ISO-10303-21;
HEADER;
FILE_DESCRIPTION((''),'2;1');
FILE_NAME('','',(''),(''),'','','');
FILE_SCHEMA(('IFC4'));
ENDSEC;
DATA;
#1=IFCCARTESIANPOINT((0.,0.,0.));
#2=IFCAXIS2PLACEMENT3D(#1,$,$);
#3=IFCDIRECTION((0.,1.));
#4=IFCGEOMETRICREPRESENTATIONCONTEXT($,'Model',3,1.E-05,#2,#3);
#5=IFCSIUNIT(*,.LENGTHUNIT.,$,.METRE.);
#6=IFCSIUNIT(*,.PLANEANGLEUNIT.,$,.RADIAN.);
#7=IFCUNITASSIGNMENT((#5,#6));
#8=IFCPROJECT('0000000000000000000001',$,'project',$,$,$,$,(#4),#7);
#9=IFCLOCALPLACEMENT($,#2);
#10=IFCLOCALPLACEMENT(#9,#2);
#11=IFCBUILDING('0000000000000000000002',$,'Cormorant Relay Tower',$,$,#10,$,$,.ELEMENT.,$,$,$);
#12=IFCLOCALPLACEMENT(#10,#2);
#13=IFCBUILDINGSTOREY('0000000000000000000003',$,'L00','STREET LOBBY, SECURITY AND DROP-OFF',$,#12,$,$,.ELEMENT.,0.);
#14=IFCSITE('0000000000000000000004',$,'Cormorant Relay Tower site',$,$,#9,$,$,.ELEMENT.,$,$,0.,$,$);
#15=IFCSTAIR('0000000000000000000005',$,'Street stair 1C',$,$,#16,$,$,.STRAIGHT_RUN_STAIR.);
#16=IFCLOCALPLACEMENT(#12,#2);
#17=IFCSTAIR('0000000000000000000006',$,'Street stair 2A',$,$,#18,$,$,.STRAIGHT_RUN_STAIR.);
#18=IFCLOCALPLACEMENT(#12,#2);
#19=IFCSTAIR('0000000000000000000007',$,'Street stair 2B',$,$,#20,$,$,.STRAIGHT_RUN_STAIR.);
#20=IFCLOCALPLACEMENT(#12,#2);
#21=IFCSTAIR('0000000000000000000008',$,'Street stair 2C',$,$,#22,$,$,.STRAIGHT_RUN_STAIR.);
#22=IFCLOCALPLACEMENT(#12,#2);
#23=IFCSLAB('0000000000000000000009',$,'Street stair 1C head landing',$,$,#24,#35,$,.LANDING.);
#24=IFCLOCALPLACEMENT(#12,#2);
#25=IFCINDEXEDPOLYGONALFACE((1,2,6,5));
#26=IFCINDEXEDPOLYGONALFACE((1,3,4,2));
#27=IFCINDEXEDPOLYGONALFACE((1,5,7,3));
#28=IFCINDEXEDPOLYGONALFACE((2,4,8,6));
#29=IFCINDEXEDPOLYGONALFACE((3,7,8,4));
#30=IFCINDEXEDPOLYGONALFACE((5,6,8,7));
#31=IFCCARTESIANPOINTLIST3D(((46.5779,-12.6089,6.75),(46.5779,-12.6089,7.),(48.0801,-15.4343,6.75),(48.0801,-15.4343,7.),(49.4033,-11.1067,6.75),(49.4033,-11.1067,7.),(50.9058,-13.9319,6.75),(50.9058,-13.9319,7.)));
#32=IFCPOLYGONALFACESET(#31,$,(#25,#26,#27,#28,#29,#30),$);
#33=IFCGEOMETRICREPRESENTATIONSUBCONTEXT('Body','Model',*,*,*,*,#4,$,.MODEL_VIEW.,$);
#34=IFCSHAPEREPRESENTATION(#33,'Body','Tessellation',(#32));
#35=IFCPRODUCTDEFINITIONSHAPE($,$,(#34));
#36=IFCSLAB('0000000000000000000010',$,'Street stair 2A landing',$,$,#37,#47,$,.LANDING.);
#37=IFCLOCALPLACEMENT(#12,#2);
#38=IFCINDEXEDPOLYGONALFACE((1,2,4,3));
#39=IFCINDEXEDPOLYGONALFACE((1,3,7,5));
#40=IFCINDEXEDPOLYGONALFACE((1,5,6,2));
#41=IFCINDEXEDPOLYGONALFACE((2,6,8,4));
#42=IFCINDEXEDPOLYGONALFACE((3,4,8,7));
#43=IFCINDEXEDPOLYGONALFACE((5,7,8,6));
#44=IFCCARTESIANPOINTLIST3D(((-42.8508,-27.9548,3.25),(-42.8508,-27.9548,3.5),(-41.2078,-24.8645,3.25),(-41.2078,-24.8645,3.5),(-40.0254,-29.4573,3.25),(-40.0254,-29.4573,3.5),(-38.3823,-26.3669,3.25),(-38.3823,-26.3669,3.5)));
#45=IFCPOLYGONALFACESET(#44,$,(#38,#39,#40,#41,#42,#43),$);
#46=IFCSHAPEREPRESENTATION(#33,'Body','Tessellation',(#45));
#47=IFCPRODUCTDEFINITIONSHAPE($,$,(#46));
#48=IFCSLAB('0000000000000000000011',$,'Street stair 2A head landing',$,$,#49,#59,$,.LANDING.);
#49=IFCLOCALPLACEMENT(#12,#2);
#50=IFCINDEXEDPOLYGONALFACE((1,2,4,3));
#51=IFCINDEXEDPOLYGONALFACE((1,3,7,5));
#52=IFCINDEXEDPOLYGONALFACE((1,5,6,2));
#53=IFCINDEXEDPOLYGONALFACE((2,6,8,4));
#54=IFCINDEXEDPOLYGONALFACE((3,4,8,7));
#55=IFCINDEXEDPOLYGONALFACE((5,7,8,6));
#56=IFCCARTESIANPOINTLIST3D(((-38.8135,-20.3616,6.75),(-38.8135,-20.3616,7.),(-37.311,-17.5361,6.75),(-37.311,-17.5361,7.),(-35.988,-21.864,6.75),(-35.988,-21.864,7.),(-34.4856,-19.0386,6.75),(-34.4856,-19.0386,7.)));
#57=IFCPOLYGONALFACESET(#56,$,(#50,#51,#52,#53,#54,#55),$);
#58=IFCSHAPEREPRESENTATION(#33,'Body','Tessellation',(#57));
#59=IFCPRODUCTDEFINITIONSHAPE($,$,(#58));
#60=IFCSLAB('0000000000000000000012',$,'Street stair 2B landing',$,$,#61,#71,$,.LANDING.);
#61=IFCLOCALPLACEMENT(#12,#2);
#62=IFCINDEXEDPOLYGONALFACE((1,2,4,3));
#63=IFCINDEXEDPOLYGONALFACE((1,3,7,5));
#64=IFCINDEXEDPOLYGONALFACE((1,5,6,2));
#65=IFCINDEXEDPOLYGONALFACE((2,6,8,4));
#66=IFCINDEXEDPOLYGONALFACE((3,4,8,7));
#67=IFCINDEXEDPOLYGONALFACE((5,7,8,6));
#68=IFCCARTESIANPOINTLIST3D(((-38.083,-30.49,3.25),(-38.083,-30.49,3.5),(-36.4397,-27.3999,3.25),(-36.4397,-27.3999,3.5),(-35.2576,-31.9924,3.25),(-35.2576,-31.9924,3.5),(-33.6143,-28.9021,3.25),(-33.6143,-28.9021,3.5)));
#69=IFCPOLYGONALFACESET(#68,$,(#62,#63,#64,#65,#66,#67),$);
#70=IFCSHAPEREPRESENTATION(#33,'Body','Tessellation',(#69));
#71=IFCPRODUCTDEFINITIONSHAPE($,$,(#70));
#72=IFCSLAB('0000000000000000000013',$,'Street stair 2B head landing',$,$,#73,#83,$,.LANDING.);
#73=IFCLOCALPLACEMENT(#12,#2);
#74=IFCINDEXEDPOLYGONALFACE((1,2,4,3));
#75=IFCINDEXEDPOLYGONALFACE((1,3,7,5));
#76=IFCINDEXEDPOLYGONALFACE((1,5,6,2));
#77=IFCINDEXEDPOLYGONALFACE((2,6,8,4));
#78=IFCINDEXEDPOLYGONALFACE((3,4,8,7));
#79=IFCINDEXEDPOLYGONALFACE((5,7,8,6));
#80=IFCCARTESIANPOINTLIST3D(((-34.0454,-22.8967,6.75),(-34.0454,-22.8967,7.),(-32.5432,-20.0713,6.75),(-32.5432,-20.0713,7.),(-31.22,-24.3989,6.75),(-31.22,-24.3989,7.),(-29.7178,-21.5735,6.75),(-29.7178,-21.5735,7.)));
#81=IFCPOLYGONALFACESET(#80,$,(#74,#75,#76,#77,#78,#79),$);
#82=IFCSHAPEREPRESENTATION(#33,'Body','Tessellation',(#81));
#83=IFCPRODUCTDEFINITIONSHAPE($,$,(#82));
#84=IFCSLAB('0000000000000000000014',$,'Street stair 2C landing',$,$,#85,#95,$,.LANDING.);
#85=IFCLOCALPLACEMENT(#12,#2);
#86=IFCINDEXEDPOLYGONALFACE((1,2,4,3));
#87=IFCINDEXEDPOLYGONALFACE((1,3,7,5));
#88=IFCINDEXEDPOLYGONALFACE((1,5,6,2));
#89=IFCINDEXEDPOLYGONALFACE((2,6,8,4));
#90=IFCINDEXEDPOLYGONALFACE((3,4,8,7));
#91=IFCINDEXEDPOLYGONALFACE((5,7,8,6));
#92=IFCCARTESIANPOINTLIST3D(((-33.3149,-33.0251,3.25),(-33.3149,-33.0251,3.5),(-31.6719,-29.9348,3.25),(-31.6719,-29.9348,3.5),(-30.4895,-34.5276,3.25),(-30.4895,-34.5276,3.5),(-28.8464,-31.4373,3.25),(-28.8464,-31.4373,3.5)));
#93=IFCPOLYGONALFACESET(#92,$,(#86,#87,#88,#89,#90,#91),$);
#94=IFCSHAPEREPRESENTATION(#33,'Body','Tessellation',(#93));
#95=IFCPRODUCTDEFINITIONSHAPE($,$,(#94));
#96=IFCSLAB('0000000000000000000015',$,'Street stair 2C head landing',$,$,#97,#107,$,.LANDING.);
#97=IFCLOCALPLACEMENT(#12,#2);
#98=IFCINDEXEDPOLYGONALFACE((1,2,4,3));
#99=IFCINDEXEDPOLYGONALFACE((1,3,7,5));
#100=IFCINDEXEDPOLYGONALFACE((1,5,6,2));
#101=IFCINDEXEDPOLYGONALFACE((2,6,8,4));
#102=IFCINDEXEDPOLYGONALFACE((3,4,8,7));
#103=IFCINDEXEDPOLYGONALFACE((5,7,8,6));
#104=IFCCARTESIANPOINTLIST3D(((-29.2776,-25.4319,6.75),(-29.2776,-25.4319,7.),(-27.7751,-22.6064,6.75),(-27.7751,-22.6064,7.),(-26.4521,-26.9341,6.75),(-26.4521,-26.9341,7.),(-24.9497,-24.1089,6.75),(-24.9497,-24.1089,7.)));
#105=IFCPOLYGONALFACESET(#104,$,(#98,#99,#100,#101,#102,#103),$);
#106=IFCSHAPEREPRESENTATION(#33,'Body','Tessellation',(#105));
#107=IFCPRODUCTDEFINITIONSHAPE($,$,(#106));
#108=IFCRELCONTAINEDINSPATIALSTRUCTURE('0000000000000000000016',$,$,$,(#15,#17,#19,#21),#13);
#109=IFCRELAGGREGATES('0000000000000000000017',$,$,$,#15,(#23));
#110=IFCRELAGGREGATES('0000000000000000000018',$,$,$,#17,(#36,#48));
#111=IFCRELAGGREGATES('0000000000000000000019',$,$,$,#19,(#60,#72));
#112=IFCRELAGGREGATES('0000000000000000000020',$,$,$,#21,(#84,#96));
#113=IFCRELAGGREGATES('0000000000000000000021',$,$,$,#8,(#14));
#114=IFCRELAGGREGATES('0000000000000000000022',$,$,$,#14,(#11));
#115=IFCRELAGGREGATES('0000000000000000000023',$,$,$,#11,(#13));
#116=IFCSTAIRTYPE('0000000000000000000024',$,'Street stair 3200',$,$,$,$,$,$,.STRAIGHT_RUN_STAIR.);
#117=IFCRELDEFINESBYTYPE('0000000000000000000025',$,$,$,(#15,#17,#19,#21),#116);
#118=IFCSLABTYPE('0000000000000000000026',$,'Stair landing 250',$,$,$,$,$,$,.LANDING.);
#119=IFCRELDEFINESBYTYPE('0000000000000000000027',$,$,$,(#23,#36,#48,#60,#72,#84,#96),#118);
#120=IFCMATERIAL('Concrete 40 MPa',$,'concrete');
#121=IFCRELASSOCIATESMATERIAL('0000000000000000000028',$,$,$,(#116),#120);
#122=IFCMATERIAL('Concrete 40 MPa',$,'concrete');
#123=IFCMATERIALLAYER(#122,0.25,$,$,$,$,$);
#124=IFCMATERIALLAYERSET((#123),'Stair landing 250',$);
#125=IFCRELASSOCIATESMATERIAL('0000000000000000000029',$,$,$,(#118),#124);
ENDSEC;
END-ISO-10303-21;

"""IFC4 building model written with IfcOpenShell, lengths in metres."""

from ifc_helpers import new_model, si_unit, direction, frame, origin, place, context, subcontext, project, spatial, polyline, outline, extrude, material, layer, layer_set, type_object, element, aggregate, save


model = new_model("IFC4")

# Units and contexts
model_context = context("Model", 3, precision=1e-05, world=origin(), true_north=direction((0.0, 1.0)))
body_context = subcontext(model_context, "Body", "Model", "MODEL_VIEW")
ifc_project = project(units=[si_unit("LENGTHUNIT", "METRE"), si_unit("PLANEANGLEUNIT", "RADIAN")], contexts=[model_context])

# Site, building, storey
site_placement = place(None, origin())
site = spatial("IfcSite", under=ifc_project, at=site_placement, Name="Cormorant Relay Tower site", CompositionType="ELEMENT", RefElevation=0.0)
building_placement = place(site_placement, origin())
building = spatial("IfcBuilding", under=site, at=building_placement, Name="Cormorant Relay Tower", CompositionType="ELEMENT")
storey_placement = place(building_placement, origin())
storey = spatial("IfcBuildingStorey", under=building, at=storey_placement, Name="L00", Description="STREET LOBBY, SECURITY AND DROP-OFF", CompositionType="ELEMENT", Elevation=0.0)

# Stairs
ifc_material_1 = material(Name="Concrete 40 MPa", Category="concrete")
stair_type = type_object("IfcStairType", Name="Street stair 3200", PredefinedType="STRAIGHT_RUN_STAIR", material=ifc_material_1)
stair_1_placement = place(storey_placement, origin())
stair_1 = element("IfcStair", 1, at=stair_1_placement, inside=storey, type_object=stair_type, Name="Street stair 1C", PredefinedType="STRAIGHT_RUN_STAIR")
stair_2_placement = place(storey_placement, origin())
stair_2 = element("IfcStair", 2, at=stair_2_placement, inside=storey, type_object=stair_type, Name="Street stair 2A", PredefinedType="STRAIGHT_RUN_STAIR")
stair_3_placement = place(storey_placement, origin())
stair_3 = element("IfcStair", 3, at=stair_3_placement, inside=storey, type_object=stair_type, Name="Street stair 2B", PredefinedType="STRAIGHT_RUN_STAIR")
stair_4_placement = place(storey_placement, origin())
stair_4 = element("IfcStair", 4, at=stair_4_placement, inside=storey, type_object=stair_type, Name="Street stair 2C", PredefinedType="STRAIGHT_RUN_STAIR")

# Slabs
ifc_material_2 = material(Name="Concrete 40 MPa", Category="concrete")
ifc_layer_1 = layer(ifc_material_2, 0.25)
ifc_layer_set_1 = layer_set([ifc_layer_1], Name="Stair landing 250")
slab_type_1 = type_object("IfcSlabType", Name="Stair landing 250", PredefinedType="LANDING", material=ifc_layer_set_1)
slab_1_placement = place(storey_placement, frame((0.0, 0.0, 6.75)))
slab_1 = element("IfcSlab", 5, at=slab_1_placement, type_object=slab_type_1, Name="Street stair 1C head landing", PredefinedType="LANDING", context=body_context, shape_type="SweptSolid", body=[
    extrude(outline(polyline([(46.5779, -12.6089), (48.0801, -15.4343), (50.9058, -13.9319), (49.4033, -11.1067), (46.5779, -12.6089)])), origin(), (0.0, 0.0, 1.0), 0.25),
])
aggregate(stair_1, [slab_1])
slab_2_placement = place(storey_placement, frame((0.0, 0.0, 3.25)))
slab_2 = element("IfcSlab", 6, at=slab_2_placement, type_object=slab_type_1, Name="Street stair 2A landing", PredefinedType="LANDING", context=body_context, shape_type="SweptSolid", body=[
    extrude(outline(polyline([(-41.2078, -24.8645), (-42.8508, -27.9548), (-40.0254, -29.4573), (-38.3823, -26.3669), (-41.2078, -24.8645)])), origin(), (0.0, 0.0, 1.0), 0.25),
])
slab_3_placement = place(storey_placement, frame((0.0, 0.0, 6.75)))
slab_3 = element("IfcSlab", 7, at=slab_3_placement, type_object=slab_type_1, Name="Street stair 2A head landing", PredefinedType="LANDING", context=body_context, shape_type="SweptSolid", body=[
    extrude(outline(polyline([(-37.311, -17.5361), (-38.8135, -20.3616), (-35.988, -21.864), (-34.4856, -19.0386), (-37.311, -17.5361)])), origin(), (0.0, 0.0, 1.0), 0.25),
])
aggregate(stair_2, [slab_2, slab_3])
slab_4_placement = place(storey_placement, frame((0.0, 0.0, 3.25)))
slab_4 = element("IfcSlab", 8, at=slab_4_placement, type_object=slab_type_1, Name="Street stair 2B landing", PredefinedType="LANDING", context=body_context, shape_type="SweptSolid", body=[
    extrude(outline(polyline([(-36.4397, -27.3999), (-38.083, -30.49), (-35.2576, -31.9924), (-33.6143, -28.9021), (-36.4397, -27.3999)])), origin(), (0.0, 0.0, 1.0), 0.25),
])
slab_5_placement = place(storey_placement, frame((0.0, 0.0, 6.75)))
slab_5 = element("IfcSlab", 9, at=slab_5_placement, type_object=slab_type_1, Name="Street stair 2B head landing", PredefinedType="LANDING", context=body_context, shape_type="SweptSolid", body=[
    extrude(outline(polyline([(-32.5432, -20.0713), (-34.0454, -22.8967), (-31.22, -24.3989), (-29.7178, -21.5735), (-32.5432, -20.0713)])), origin(), (0.0, 0.0, 1.0), 0.25),
])
aggregate(stair_3, [slab_4, slab_5])
slab_6_placement = place(storey_placement, frame((0.0, 0.0, 3.25)))
slab_6 = element("IfcSlab", 10, at=slab_6_placement, type_object=slab_type_1, Name="Street stair 2C landing", PredefinedType="LANDING", context=body_context, shape_type="SweptSolid", body=[
    extrude(outline(polyline([(-31.6719, -29.9348), (-33.3149, -33.0251), (-30.4895, -34.5276), (-28.8464, -31.4373), (-31.6719, -29.9348)])), origin(), (0.0, 0.0, 1.0), 0.25),
])
slab_7_placement = place(storey_placement, frame((0.0, 0.0, 6.75)))
slab_7 = element("IfcSlab", 11, at=slab_7_placement, type_object=slab_type_1, Name="Street stair 2C head landing", PredefinedType="LANDING", context=body_context, shape_type="SweptSolid", body=[
    extrude(outline(polyline([(-27.7751, -22.6064), (-29.2776, -25.4319), (-26.4521, -26.9341), (-24.9497, -24.1089), (-27.7751, -22.6064)])), origin(), (0.0, 0.0, 1.0), 0.25),
])
aggregate(stair_4, [slab_6, slab_7])

save(model, "model.ifc")
